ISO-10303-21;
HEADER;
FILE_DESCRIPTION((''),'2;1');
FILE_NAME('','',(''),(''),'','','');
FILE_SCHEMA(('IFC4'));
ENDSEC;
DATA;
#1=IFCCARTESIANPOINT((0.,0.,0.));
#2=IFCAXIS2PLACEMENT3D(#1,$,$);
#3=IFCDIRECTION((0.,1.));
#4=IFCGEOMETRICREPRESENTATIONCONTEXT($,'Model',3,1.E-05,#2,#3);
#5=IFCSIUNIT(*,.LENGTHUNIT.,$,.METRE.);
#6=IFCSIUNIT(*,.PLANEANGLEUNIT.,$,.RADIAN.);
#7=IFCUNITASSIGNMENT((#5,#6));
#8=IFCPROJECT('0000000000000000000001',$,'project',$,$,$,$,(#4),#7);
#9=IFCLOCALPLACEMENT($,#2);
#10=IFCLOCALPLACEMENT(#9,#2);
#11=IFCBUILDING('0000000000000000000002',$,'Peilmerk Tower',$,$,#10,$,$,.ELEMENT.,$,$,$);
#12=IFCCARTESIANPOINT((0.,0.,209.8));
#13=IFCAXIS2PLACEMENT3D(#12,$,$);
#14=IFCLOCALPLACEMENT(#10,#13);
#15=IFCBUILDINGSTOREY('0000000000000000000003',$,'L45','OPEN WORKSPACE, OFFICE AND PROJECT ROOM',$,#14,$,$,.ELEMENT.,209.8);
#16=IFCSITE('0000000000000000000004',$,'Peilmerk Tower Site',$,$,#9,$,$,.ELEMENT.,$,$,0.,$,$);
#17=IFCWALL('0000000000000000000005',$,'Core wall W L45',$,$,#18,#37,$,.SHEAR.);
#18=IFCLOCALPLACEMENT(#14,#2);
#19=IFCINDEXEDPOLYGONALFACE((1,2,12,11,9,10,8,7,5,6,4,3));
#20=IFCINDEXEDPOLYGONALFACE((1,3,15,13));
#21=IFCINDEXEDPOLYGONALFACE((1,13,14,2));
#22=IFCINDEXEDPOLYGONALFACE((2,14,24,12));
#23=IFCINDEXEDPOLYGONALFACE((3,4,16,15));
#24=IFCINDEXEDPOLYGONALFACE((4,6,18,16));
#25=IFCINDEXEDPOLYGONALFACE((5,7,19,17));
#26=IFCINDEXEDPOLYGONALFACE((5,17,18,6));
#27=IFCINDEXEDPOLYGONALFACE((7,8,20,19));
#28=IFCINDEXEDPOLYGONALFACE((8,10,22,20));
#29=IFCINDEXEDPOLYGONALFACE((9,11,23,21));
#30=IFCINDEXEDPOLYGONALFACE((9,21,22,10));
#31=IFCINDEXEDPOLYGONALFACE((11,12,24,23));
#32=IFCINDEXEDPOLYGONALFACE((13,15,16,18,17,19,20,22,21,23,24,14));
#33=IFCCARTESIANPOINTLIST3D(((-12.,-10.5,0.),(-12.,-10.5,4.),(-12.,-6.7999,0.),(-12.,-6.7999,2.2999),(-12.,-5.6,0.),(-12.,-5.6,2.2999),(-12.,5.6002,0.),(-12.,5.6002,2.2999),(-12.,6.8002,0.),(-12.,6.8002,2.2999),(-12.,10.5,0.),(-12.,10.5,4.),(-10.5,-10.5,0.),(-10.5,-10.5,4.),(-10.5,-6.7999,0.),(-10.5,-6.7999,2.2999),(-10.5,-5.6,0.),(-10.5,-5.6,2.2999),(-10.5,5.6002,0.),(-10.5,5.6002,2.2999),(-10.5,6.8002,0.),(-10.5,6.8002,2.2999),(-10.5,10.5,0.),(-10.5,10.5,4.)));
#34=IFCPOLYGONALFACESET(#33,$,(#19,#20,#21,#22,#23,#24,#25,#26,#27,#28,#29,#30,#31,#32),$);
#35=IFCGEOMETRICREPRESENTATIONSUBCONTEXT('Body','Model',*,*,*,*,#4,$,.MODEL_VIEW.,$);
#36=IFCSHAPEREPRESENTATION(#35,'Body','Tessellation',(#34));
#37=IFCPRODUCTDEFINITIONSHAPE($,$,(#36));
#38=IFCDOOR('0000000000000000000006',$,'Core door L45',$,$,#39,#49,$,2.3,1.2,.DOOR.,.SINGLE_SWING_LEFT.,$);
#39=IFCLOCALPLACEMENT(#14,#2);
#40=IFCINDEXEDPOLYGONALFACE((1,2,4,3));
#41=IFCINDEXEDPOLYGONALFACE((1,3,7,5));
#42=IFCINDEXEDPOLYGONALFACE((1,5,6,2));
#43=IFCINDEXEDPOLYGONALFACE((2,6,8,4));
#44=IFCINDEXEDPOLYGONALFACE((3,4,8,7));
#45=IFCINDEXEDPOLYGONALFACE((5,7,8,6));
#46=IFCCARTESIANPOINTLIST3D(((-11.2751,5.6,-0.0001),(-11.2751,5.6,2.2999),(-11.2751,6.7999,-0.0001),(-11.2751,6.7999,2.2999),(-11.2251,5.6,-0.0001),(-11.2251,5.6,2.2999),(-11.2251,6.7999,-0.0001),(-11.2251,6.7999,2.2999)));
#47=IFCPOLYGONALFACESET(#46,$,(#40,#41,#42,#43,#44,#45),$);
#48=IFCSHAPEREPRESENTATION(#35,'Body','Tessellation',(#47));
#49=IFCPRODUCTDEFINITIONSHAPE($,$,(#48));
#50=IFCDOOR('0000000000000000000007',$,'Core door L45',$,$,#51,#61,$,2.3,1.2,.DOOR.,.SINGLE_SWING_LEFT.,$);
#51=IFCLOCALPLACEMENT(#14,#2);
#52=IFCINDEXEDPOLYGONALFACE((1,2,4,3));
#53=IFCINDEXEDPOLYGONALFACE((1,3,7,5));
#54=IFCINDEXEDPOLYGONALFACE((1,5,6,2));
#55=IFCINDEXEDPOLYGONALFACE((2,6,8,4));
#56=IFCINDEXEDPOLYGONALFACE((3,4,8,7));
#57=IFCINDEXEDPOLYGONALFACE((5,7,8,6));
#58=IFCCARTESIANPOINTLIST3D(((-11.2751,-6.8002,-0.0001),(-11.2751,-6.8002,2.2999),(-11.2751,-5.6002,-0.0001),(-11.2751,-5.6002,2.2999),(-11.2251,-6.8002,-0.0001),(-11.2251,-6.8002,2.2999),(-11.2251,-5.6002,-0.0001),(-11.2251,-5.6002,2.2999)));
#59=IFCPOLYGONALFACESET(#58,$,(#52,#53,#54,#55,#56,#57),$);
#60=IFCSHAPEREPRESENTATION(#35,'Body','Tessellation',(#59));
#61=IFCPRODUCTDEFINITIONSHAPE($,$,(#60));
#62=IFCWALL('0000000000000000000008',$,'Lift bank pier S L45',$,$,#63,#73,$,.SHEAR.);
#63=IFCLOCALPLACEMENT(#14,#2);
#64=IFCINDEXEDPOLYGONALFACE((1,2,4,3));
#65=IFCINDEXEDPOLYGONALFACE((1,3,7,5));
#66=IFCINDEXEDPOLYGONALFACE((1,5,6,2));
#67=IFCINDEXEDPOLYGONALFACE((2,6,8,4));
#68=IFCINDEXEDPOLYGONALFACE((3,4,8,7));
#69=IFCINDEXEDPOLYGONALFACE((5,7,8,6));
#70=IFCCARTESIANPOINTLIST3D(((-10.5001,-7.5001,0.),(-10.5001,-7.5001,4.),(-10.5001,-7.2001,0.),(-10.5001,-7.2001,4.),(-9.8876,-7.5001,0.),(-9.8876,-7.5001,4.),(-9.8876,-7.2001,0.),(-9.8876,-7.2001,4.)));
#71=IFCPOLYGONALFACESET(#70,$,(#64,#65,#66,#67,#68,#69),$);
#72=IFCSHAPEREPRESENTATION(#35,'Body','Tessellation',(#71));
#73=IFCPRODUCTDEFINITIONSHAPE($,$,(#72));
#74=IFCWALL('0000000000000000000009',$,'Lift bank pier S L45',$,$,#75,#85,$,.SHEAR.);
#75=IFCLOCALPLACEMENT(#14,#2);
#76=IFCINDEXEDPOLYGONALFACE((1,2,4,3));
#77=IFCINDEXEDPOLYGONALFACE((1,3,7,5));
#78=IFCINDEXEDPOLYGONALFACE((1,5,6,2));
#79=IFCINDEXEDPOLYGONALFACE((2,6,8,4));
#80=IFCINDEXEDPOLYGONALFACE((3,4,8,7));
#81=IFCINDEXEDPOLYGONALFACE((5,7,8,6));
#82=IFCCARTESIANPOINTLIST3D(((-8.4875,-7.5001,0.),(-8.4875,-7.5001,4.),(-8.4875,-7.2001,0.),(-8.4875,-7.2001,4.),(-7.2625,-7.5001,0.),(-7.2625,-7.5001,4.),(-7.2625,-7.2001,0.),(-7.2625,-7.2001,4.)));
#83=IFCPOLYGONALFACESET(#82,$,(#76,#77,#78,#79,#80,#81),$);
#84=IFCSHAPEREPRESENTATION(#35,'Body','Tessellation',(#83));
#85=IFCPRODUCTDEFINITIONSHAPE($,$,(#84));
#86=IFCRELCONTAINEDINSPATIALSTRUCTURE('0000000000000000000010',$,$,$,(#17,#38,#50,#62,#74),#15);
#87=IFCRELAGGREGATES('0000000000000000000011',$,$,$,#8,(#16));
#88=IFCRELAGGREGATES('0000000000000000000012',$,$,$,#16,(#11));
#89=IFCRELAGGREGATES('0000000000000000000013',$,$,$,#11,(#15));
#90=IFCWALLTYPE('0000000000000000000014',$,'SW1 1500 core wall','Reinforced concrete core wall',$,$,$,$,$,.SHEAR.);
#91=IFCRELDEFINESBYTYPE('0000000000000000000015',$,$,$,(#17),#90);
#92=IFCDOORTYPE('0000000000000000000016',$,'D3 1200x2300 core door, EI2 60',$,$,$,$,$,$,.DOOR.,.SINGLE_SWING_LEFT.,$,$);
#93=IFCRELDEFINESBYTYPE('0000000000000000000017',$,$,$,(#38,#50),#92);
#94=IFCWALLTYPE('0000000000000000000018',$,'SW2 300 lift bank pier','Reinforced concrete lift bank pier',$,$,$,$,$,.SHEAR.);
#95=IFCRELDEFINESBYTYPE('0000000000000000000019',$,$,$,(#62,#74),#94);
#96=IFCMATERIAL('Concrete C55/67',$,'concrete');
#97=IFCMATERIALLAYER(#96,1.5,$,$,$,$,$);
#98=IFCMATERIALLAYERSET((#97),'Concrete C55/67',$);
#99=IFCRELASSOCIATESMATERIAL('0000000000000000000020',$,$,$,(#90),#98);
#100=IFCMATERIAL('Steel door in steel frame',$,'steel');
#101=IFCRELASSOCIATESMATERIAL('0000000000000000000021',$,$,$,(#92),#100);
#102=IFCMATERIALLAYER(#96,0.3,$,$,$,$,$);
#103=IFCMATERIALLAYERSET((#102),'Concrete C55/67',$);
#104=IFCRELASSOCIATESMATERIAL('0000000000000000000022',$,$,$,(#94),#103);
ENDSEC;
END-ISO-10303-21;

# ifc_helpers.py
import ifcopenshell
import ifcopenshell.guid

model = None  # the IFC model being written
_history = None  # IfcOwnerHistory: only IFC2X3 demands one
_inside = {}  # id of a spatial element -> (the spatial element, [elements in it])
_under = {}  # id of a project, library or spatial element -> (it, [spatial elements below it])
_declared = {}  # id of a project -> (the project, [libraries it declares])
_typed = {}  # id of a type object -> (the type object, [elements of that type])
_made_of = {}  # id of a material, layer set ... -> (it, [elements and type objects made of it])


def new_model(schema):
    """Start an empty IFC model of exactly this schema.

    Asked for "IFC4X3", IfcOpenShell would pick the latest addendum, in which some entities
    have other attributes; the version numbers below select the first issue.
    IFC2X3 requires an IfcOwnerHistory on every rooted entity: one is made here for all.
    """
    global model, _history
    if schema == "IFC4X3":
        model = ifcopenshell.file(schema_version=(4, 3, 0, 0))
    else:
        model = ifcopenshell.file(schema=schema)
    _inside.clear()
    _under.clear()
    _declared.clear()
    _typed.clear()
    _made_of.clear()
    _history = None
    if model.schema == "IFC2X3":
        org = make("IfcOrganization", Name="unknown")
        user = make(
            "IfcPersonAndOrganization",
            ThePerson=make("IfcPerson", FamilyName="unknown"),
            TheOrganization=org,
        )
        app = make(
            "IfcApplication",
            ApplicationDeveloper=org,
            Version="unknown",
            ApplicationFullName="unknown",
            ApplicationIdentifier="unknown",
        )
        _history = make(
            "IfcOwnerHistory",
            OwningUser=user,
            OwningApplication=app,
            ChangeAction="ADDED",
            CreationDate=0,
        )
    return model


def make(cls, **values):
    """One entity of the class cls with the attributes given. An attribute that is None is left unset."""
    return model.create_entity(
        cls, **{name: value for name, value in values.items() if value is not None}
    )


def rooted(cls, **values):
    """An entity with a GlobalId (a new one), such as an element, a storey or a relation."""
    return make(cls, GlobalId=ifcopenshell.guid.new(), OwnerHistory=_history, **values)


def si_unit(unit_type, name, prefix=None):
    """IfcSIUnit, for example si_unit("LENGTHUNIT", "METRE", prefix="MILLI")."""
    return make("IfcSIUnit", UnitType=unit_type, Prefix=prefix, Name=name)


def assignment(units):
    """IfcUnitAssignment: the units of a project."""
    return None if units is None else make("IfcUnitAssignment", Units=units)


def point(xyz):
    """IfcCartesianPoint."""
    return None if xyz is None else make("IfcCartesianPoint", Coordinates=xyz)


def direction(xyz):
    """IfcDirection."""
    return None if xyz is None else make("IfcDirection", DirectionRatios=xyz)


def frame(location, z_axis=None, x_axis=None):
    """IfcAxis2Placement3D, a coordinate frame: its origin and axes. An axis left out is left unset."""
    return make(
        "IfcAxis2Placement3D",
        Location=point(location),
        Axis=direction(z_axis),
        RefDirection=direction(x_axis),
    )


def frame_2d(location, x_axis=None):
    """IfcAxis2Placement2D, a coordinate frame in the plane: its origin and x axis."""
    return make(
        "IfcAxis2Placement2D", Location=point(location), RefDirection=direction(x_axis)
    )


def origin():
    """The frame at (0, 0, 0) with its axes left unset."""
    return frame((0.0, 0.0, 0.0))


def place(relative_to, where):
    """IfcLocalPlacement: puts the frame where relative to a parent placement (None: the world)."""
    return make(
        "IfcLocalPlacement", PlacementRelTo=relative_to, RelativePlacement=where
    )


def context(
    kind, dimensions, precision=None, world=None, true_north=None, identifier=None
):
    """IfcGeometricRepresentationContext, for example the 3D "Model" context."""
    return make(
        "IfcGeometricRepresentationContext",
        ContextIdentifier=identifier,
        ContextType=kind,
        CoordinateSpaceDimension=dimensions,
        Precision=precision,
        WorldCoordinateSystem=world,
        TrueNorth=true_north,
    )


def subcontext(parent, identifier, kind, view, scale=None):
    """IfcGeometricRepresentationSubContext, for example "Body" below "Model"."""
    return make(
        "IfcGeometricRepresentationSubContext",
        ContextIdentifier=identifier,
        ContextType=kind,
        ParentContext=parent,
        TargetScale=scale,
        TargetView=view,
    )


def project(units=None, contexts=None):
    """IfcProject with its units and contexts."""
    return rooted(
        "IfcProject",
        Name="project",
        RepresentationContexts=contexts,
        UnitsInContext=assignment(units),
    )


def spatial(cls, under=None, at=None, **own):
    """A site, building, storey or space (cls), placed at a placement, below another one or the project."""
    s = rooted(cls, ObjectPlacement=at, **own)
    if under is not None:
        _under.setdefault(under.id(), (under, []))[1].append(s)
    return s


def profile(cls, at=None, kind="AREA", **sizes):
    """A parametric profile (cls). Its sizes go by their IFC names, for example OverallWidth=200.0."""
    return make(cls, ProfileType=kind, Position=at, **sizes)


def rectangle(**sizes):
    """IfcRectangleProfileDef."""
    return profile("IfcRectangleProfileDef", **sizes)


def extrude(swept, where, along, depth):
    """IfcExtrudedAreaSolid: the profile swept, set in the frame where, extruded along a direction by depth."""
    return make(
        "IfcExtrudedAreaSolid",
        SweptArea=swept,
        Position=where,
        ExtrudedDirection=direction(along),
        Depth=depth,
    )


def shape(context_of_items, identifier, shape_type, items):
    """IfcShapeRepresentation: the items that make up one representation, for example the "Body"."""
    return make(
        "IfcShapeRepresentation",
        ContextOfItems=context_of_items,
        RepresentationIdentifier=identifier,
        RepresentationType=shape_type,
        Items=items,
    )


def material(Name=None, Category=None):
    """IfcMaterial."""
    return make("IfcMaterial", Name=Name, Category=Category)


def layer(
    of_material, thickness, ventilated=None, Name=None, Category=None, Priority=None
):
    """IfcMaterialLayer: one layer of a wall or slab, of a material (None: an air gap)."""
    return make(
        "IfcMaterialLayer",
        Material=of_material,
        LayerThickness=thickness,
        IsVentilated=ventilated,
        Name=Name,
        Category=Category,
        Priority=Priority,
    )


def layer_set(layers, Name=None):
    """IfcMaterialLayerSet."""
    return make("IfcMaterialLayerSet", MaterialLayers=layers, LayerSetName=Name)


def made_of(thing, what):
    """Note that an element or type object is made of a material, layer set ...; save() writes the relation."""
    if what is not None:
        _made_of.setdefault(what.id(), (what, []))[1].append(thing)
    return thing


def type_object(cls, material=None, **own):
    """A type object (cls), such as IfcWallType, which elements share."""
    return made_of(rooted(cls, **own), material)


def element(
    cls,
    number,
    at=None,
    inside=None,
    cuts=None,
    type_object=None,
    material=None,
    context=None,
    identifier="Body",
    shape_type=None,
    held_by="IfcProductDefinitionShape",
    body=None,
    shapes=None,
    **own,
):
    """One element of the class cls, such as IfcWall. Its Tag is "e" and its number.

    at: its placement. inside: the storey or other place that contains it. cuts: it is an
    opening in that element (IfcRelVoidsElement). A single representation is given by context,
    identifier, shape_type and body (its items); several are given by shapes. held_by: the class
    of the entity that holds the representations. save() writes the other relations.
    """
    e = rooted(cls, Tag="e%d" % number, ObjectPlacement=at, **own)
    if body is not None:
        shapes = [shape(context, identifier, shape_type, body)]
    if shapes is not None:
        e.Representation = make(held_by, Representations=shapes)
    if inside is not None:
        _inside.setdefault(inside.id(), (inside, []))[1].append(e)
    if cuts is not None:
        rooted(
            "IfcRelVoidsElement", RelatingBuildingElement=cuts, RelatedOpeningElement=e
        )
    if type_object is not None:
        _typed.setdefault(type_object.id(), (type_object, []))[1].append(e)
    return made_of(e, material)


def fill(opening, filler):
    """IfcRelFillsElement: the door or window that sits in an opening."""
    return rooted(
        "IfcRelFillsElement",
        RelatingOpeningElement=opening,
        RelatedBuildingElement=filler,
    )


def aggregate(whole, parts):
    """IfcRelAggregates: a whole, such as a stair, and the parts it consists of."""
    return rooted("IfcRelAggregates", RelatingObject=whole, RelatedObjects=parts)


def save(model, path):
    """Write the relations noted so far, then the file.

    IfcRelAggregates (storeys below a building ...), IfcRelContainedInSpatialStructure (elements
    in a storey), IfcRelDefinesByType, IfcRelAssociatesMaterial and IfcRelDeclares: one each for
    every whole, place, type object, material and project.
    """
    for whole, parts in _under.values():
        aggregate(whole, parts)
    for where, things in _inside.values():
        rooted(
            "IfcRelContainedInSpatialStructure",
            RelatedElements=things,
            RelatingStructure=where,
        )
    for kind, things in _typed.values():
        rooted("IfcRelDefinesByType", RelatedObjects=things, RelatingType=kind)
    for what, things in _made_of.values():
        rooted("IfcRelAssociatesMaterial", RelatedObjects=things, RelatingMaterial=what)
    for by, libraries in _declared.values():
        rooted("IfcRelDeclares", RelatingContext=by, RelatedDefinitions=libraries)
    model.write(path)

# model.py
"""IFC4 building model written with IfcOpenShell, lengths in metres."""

from ifc_helpers import new_model, si_unit, direction, frame, frame_2d, origin, place, context, subcontext, project, spatial, rectangle, extrude, material, layer, layer_set, type_object, element, fill, save


model = new_model("IFC4")

# Units and contexts
model_context = context("Model", 3, precision=1e-05, world=origin(), true_north=direction((0.0, 1.0)))
body_context = subcontext(model_context, "Body", "Model", "MODEL_VIEW")
ifc_project = project(units=[si_unit("LENGTHUNIT", "METRE"), si_unit("PLANEANGLEUNIT", "RADIAN")], contexts=[model_context])

# Site, building, storey
site_placement = place(None, origin())
site = spatial("IfcSite", under=ifc_project, at=site_placement, Name="Peilmerk Tower Site", CompositionType="ELEMENT", RefElevation=0.0)
building_placement = place(site_placement, origin())
building = spatial("IfcBuilding", under=site, at=building_placement, Name="Peilmerk Tower", CompositionType="ELEMENT")
storey_placement = place(building_placement, frame((0.0, 0.0, 209.8)))
storey = spatial("IfcBuildingStorey", under=building, at=storey_placement, Name="L45", Description="OPEN WORKSPACE, OFFICE AND PROJECT ROOM", CompositionType="ELEMENT", Elevation=209.8)

# Wall, openings, doors
ifc_material_1 = material(Name="Concrete C55/67", Category="concrete")
ifc_layer_1 = layer(ifc_material_1, 1.5)
ifc_layer_set_1 = layer_set([ifc_layer_1], Name="Concrete C55/67")
wall_type_1 = type_object("IfcWallType", Name="SW1 1500 core wall", Description="Reinforced concrete core wall", PredefinedType="SHEAR", material=ifc_layer_set_1)
wall_1_placement = place(storey_placement, frame((-11.25, -10.5, 0.0), z_axis=(0.0, 0.0, 1.0), x_axis=(0.0, 1.0, 0.0)))
wall_1 = element("IfcWall", 1, at=wall_1_placement, inside=storey, type_object=wall_type_1, Name="Core wall W L45", PredefinedType="SHEAR", context=body_context, shape_type="SweptSolid", body=[
    extrude(rectangle(XDim=21.0, YDim=1.5, at=frame_2d((10.5, 0.0))), origin(), (0.0, 0.0, 1.0), 4.0),
])
opening_1_placement = place(wall_1_placement, frame((16.1001, 0.0, 0.0)))
opening_1 = element("IfcOpeningElement", 2, at=opening_1_placement, cuts=wall_1, PredefinedType="OPENING", context=body_context, shape_type="SweptSolid", body=[
    extrude(rectangle(XDim=1.2, YDim=2.3, at=frame_2d((0.6001, 1.1499))), frame((0.0, 0.76, 0.0), z_axis=(0.0, -1.0, 0.0), x_axis=(1.0, 0.0, 0.0)), (0.0, 0.0, 1.0), 1.52),
])
opening_2_placement = place(wall_1_placement, frame((3.7, 0.0, 0.0)))
opening_2 = element("IfcOpeningElement", 3, at=opening_2_placement, cuts=wall_1, PredefinedType="OPENING", context=body_context, shape_type="SweptSolid", body=[
    extrude(rectangle(XDim=1.2, YDim=2.3, at=frame_2d((0.6001, 1.1499))), frame((0.0, 0.76, 0.0), z_axis=(0.0, -1.0, 0.0), x_axis=(1.0, 0.0, 0.0)), (0.0, 0.0, 1.0), 1.52),
])
ifc_material_2 = material(Name="Steel door in steel frame", Category="steel")
door_type_1 = type_object("IfcDoorType", Name="D3 1200x2300 core door, EI2 60", OperationType="SINGLE_SWING_LEFT", PredefinedType="DOOR", material=ifc_material_2)
door_1_placement = place(opening_1_placement, frame((1.2, 0.0, 0.0), z_axis=(0.0, 0.0, 1.0), x_axis=(-1.0, 0.0, 0.0)))
door_1 = element("IfcDoor", 4, at=door_1_placement, inside=storey, type_object=door_type_1, Name="Core door L45", OperationType="SINGLE_SWING_LEFT", OverallHeight=2.3, OverallWidth=1.2, PredefinedType="DOOR", context=body_context, shape_type="SweptSolid", body=[
    extrude(rectangle(XDim=1.2, YDim=2.3, at=frame_2d((0.6001, 1.1499))), frame((0.0, 0.0249, 0.0), z_axis=(0.0, -1.0, 0.0), x_axis=(1.0, 0.0, 0.0)), (0.0, 0.0, 1.0), 0.05),
])
fill(opening_1, door_1)
door_2_placement = place(opening_2_placement, frame((1.2, 0.0, 0.0), z_axis=(0.0, 0.0, 1.0), x_axis=(-1.0, 0.0, 0.0)))
door_2 = element("IfcDoor", 5, at=door_2_placement, inside=storey, type_object=door_type_1, Name="Core door L45", OperationType="SINGLE_SWING_LEFT", OverallHeight=2.3, OverallWidth=1.2, PredefinedType="DOOR", context=body_context, shape_type="SweptSolid", body=[
    extrude(rectangle(XDim=1.2, YDim=2.3, at=frame_2d((0.6001, 1.1499))), frame((0.0, 0.0249, 0.0), z_axis=(0.0, -1.0, 0.0), x_axis=(1.0, 0.0, 0.0)), (0.0, 0.0, 1.0), 0.05),
])
fill(opening_2, door_2)

# Walls
ifc_layer_2 = layer(ifc_material_1, 0.3)
ifc_layer_set_2 = layer_set([ifc_layer_2], Name="Concrete C55/67")
wall_type_2 = type_object("IfcWallType", Name="SW2 300 lift bank pier", Description="Reinforced concrete lift bank pier", PredefinedType="SHEAR", material=ifc_layer_set_2)
wall_2_placement = place(storey_placement, frame((-10.5, -7.3501, 0.0), z_axis=(0.0, 0.0, 1.0), x_axis=(1.0, 0.0, 0.0)))
element("IfcWall", 6, at=wall_2_placement, inside=storey, type_object=wall_type_2, Name="Lift bank pier S L45", PredefinedType="SHEAR", context=body_context, shape_type="SweptSolid", body=[
    extrude(rectangle(XDim=0.6125, YDim=0.3, at=frame_2d((0.3062, 0.0))), origin(), (0.0, 0.0, 1.0), 4.0),
])
wall_3_placement = place(storey_placement, frame((-8.4875, -7.3501, 0.0), z_axis=(0.0, 0.0, 1.0), x_axis=(1.0, 0.0, 0.0)))
element("IfcWall", 7, at=wall_3_placement, inside=storey, type_object=wall_type_2, Name="Lift bank pier S L45", PredefinedType="SHEAR", context=body_context, shape_type="SweptSolid", body=[
    extrude(rectangle(XDim=1.2251, YDim=0.3, at=frame_2d((0.6125, 0.0))), origin(), (0.0, 0.0, 1.0), 4.0),
])

save(model, "model.ifc")
